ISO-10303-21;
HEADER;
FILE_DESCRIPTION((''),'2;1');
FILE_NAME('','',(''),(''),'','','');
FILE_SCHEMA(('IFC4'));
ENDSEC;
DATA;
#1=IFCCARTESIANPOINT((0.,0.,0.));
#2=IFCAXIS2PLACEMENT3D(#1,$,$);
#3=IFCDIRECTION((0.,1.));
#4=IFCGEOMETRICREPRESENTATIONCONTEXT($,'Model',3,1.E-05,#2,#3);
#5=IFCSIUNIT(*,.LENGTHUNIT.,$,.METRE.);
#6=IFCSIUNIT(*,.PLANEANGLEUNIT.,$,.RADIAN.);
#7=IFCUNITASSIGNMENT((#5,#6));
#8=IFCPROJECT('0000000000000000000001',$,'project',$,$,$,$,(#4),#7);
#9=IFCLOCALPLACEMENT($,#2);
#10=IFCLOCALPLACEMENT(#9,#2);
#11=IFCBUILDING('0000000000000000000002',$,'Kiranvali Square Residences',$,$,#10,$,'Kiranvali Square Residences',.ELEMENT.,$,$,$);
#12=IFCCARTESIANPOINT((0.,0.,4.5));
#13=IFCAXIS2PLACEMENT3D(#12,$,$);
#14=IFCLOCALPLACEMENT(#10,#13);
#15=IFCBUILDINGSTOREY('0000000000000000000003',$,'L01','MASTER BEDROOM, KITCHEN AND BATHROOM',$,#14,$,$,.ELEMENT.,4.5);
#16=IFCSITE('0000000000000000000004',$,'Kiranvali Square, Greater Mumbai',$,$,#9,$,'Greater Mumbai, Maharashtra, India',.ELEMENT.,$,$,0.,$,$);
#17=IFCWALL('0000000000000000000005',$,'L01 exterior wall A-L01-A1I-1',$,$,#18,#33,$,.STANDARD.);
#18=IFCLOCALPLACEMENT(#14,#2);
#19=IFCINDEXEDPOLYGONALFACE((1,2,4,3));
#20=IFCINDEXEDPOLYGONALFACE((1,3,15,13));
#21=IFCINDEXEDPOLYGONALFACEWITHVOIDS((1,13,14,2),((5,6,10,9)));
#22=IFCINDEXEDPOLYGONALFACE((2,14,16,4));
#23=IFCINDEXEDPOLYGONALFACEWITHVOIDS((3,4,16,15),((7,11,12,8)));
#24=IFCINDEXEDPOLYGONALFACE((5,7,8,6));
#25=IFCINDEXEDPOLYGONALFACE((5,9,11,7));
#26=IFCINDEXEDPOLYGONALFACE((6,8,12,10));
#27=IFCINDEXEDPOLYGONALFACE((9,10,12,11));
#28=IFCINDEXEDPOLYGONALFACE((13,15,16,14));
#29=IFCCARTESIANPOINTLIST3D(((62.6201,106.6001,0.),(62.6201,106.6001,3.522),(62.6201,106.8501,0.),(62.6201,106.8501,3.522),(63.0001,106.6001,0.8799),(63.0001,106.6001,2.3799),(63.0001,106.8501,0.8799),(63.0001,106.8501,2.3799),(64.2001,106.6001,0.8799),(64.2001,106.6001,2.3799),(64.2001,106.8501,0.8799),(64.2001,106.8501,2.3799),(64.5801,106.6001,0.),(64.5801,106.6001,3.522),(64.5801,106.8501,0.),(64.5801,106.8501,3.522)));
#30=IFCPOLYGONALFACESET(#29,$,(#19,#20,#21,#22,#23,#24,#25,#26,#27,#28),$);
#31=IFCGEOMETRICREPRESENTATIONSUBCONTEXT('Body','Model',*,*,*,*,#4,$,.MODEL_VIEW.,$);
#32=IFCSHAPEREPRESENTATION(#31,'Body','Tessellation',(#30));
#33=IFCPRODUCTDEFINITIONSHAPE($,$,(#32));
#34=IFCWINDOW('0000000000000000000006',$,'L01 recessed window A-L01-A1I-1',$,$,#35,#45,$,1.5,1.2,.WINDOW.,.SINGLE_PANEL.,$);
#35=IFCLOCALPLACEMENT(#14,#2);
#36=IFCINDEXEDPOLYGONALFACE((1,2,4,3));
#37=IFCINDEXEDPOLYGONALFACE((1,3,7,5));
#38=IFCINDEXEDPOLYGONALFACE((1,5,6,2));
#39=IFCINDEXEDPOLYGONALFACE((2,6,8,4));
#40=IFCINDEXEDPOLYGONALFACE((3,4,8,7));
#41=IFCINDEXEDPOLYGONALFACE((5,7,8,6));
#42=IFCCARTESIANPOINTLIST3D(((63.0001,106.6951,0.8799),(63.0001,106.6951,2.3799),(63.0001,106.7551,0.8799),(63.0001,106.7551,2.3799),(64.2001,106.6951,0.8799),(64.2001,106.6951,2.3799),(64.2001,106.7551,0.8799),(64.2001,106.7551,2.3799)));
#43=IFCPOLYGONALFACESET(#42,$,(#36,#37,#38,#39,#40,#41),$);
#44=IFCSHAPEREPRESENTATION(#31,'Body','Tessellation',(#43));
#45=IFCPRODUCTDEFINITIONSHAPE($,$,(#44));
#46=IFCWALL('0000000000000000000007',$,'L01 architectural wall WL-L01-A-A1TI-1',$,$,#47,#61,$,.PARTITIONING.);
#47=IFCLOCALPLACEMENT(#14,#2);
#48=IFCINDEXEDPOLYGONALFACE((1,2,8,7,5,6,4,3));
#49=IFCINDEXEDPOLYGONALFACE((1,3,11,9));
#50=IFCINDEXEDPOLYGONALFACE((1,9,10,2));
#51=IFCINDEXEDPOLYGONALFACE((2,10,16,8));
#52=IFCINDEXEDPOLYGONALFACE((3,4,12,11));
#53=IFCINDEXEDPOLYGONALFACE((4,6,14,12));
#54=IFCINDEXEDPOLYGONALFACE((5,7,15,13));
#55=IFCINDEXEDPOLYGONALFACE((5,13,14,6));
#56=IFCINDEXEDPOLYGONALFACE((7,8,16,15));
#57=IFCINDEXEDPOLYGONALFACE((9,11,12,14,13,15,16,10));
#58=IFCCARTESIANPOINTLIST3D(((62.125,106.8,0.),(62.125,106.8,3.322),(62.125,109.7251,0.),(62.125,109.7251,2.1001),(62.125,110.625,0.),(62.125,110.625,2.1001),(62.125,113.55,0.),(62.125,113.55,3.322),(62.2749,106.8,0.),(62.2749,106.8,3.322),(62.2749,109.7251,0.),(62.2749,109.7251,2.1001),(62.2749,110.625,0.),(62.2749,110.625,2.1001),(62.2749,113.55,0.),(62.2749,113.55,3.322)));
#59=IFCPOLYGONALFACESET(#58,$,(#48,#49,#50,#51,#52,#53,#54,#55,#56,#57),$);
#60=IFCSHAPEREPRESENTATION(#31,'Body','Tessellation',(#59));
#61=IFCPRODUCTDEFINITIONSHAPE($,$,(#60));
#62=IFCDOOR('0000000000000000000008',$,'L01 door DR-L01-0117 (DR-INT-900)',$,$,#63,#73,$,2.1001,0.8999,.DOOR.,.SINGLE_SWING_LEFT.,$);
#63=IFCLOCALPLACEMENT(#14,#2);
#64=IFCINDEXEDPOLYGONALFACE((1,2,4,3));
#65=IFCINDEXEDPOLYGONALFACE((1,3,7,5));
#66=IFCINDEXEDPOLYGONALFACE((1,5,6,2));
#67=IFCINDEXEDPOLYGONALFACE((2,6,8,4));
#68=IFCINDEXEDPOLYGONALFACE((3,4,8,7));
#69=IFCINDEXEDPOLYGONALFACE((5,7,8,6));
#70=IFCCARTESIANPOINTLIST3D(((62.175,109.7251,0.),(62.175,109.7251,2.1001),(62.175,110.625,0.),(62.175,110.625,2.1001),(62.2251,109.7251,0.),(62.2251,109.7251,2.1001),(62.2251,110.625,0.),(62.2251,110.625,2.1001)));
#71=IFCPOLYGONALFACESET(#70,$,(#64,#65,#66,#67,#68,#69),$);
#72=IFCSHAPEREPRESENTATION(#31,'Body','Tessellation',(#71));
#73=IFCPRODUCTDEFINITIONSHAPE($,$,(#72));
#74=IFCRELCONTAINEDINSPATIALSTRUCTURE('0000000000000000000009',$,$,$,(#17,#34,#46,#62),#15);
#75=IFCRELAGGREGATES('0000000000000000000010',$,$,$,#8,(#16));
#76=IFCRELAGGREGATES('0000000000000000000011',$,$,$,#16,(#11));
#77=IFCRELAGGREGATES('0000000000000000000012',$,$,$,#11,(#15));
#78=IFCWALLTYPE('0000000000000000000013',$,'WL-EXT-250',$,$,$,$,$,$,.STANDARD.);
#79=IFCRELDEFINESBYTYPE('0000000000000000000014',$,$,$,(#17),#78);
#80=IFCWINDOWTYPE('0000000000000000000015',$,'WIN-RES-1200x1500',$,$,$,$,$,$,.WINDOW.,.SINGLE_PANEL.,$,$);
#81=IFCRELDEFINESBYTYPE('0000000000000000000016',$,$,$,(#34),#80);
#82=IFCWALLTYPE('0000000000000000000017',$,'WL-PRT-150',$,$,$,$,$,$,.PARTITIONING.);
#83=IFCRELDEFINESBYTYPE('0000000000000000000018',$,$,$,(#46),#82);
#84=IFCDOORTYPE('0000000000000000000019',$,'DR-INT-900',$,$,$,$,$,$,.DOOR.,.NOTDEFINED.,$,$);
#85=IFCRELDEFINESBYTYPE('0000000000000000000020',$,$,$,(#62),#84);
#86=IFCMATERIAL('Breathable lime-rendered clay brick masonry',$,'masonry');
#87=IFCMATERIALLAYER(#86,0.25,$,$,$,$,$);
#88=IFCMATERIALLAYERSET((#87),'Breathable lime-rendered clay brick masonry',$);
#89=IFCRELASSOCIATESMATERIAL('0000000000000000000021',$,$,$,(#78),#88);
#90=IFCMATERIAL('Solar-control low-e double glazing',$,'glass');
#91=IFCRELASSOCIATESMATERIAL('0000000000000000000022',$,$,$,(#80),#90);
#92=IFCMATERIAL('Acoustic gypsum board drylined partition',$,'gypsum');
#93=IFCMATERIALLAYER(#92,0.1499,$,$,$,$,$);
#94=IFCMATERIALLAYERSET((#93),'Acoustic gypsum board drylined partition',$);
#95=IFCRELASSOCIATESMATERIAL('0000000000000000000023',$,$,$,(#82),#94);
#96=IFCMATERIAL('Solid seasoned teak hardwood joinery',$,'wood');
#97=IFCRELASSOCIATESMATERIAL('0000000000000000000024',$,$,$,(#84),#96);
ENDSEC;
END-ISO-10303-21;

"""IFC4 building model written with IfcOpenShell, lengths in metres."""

from ifc_helpers import new_model, si_unit, direction, frame, frame_2d, origin, place, context, subcontext, project, spatial, rectangle, extrude, material, layer, layer_set, type_object, element, fill, save


model = new_model("IFC4")

# Units and contexts
model_context = context("Model", 3, precision=1e-05, world=origin(), true_north=direction((0.0, 1.0)))
body_context = subcontext(model_context, "Body", "Model", "MODEL_VIEW")
ifc_project = project(units=[si_unit("LENGTHUNIT", "METRE"), si_unit("PLANEANGLEUNIT", "RADIAN")], contexts=[model_context])

# Site, building, storey
site_placement = place(None, origin())
site = spatial("IfcSite", under=ifc_project, at=site_placement, Name="Kiranvali Square, Greater Mumbai", LongName="Greater Mumbai, Maharashtra, India", CompositionType="ELEMENT", RefElevation=0.0)
building_placement = place(site_placement, origin())
building = spatial("IfcBuilding", under=site, at=building_placement, Name="Kiranvali Square Residences", LongName="Kiranvali Square Residences", CompositionType="ELEMENT")
storey_placement = place(building_placement, frame((0.0, 0.0, 4.5)))
storey = spatial("IfcBuildingStorey", under=building, at=storey_placement, Name="L01", Description="MASTER BEDROOM, KITCHEN AND BATHROOM", CompositionType="ELEMENT", Elevation=4.5)

# Wall, opening, window
ifc_material_1 = material(Name="Breathable lime-rendered clay brick masonry", Category="masonry")
ifc_layer_1 = layer(ifc_material_1, 0.25)
ifc_layer_set_1 = layer_set([ifc_layer_1], Name="Breathable lime-rendered clay brick masonry")
wall_type_1 = type_object("IfcWallType", Name="WL-EXT-250", PredefinedType="STANDARD", material=ifc_layer_set_1)
ifc_material_2 = material(Name="Solar-control low-e double glazing", Category="glass")
window_type = type_object("IfcWindowType", Name="WIN-RES-1200x1500", PartitioningType="SINGLE_PANEL", PredefinedType="WINDOW", material=ifc_material_2)
wall_1_placement = place(storey_placement, frame((62.6201, 106.7251, 0.0), z_axis=(0.0, 0.0, 1.0), x_axis=(1.0, 0.0, 0.0)))
wall_1 = element("IfcWall", 1, at=wall_1_placement, inside=storey, type_object=wall_type_1, Name="L01 exterior wall A-L01-A1I-1", PredefinedType="STANDARD", context=body_context, shape_type="SweptSolid", body=[
    extrude(rectangle(XDim=1.96, YDim=0.25, at=frame_2d((0.98, 0.0))), origin(), (0.0, 0.0, 1.0), 3.522),
])
opening_1_placement = place(wall_1_placement, frame((0.3799, 0.0, 0.8799)))
opening_1 = element("IfcOpeningElement", 2, at=opening_1_placement, cuts=wall_1, PredefinedType="OPENING", context=body_context, shape_type="SweptSolid", body=[
    extrude(rectangle(XDim=1.2, YDim=1.5, at=frame_2d((0.6001, 0.75))), frame((0.0, 0.135, 0.0), z_axis=(0.0, -1.0, 0.0), x_axis=(1.0, 0.0, 0.0)), (0.0, 0.0, 1.0), 0.27),
])
window_1_placement = place(opening_1_placement, origin())
window_1 = element("IfcWindow", 3, at=window_1_placement, inside=storey, type_object=window_type, Name="L01 recessed window A-L01-A1I-1", OverallHeight=1.5, OverallWidth=1.2, PartitioningType="SINGLE_PANEL", PredefinedType="WINDOW", context=body_context, shape_type="SweptSolid", body=[
    extrude(rectangle(XDim=1.2, YDim=1.5, at=frame_2d((0.6001, 0.75))), frame((0.0, 0.03, 0.0), z_axis=(0.0, -1.0, 0.0), x_axis=(1.0, 0.0, 0.0)), (0.0, 0.0, 1.0), 0.0601),
])
fill(opening_1, window_1)

# Wall, opening, door
ifc_material_3 = material(Name="Acoustic gypsum board drylined partition", Category="gypsum")
ifc_layer_2 = layer(ifc_material_3, 0.1499)
ifc_layer_set_2 = layer_set([ifc_layer_2], Name="Acoustic gypsum board drylined partition")
wall_type_2 = type_object("IfcWallType", Name="WL-PRT-150", PredefinedType="PARTITIONING", material=ifc_layer_set_2)
wall_2_placement = place(storey_placement, frame((62.2, 106.8, 0.0), z_axis=(0.0, 0.0, 1.0), x_axis=(0.0, 1.0, 0.0)))
wall_2 = element("IfcWall", 4, at=wall_2_placement, inside=storey, type_object=wall_type_2, Name="L01 architectural wall WL-L01-A-A1TI-1", PredefinedType="PARTITIONING", context=body_context, shape_type="SweptSolid", body=[
    extrude(rectangle(XDim=6.75, YDim=0.1499, at=frame_2d((3.375, 0.0))), origin(), (0.0, 0.0, 1.0), 3.322),
])
opening_2_placement = place(wall_2_placement, frame((2.925, 0.0, 0.0)))
opening_2 = element("IfcOpeningElement", 5, at=opening_2_placement, cuts=wall_2, PredefinedType="OPENING", context=body_context, shape_type="SweptSolid", body=[
    extrude(rectangle(XDim=0.8999, YDim=2.1001, at=frame_2d((0.45, 1.05))), frame((0.0, 0.085, 0.0), z_axis=(0.0, -1.0, 0.0), x_axis=(1.0, 0.0, 0.0)), (0.0, 0.0, 1.0), 0.1699),
])
ifc_material_4 = material(Name="Solid seasoned teak hardwood joinery", Category="wood")
door_type_1 = type_object("IfcDoorType", Name="DR-INT-900", OperationType="NOTDEFINED", PredefinedType="DOOR", material=ifc_material_4)
door_1_placement = place(opening_2_placement, origin())
door_1 = element("IfcDoor", 6, at=door_1_placement, inside=storey, type_object=door_type_1, Name="L01 door DR-L01-0117 (DR-INT-900)", OperationType="SINGLE_SWING_LEFT", OverallHeight=2.1001, OverallWidth=0.8999, PredefinedType="DOOR", context=body_context, shape_type="SweptSolid", body=[
    extrude(rectangle(XDim=0.8999, YDim=2.1001, at=frame_2d((0.45, 1.05))), frame((0.0, 0.0249, 0.0), z_axis=(0.0, -1.0, 0.0), x_axis=(1.0, 0.0, 0.0)), (0.0, 0.0, 1.0), 0.05),
])
fill(opening_2, door_1)

save(model, "model.ifc")
